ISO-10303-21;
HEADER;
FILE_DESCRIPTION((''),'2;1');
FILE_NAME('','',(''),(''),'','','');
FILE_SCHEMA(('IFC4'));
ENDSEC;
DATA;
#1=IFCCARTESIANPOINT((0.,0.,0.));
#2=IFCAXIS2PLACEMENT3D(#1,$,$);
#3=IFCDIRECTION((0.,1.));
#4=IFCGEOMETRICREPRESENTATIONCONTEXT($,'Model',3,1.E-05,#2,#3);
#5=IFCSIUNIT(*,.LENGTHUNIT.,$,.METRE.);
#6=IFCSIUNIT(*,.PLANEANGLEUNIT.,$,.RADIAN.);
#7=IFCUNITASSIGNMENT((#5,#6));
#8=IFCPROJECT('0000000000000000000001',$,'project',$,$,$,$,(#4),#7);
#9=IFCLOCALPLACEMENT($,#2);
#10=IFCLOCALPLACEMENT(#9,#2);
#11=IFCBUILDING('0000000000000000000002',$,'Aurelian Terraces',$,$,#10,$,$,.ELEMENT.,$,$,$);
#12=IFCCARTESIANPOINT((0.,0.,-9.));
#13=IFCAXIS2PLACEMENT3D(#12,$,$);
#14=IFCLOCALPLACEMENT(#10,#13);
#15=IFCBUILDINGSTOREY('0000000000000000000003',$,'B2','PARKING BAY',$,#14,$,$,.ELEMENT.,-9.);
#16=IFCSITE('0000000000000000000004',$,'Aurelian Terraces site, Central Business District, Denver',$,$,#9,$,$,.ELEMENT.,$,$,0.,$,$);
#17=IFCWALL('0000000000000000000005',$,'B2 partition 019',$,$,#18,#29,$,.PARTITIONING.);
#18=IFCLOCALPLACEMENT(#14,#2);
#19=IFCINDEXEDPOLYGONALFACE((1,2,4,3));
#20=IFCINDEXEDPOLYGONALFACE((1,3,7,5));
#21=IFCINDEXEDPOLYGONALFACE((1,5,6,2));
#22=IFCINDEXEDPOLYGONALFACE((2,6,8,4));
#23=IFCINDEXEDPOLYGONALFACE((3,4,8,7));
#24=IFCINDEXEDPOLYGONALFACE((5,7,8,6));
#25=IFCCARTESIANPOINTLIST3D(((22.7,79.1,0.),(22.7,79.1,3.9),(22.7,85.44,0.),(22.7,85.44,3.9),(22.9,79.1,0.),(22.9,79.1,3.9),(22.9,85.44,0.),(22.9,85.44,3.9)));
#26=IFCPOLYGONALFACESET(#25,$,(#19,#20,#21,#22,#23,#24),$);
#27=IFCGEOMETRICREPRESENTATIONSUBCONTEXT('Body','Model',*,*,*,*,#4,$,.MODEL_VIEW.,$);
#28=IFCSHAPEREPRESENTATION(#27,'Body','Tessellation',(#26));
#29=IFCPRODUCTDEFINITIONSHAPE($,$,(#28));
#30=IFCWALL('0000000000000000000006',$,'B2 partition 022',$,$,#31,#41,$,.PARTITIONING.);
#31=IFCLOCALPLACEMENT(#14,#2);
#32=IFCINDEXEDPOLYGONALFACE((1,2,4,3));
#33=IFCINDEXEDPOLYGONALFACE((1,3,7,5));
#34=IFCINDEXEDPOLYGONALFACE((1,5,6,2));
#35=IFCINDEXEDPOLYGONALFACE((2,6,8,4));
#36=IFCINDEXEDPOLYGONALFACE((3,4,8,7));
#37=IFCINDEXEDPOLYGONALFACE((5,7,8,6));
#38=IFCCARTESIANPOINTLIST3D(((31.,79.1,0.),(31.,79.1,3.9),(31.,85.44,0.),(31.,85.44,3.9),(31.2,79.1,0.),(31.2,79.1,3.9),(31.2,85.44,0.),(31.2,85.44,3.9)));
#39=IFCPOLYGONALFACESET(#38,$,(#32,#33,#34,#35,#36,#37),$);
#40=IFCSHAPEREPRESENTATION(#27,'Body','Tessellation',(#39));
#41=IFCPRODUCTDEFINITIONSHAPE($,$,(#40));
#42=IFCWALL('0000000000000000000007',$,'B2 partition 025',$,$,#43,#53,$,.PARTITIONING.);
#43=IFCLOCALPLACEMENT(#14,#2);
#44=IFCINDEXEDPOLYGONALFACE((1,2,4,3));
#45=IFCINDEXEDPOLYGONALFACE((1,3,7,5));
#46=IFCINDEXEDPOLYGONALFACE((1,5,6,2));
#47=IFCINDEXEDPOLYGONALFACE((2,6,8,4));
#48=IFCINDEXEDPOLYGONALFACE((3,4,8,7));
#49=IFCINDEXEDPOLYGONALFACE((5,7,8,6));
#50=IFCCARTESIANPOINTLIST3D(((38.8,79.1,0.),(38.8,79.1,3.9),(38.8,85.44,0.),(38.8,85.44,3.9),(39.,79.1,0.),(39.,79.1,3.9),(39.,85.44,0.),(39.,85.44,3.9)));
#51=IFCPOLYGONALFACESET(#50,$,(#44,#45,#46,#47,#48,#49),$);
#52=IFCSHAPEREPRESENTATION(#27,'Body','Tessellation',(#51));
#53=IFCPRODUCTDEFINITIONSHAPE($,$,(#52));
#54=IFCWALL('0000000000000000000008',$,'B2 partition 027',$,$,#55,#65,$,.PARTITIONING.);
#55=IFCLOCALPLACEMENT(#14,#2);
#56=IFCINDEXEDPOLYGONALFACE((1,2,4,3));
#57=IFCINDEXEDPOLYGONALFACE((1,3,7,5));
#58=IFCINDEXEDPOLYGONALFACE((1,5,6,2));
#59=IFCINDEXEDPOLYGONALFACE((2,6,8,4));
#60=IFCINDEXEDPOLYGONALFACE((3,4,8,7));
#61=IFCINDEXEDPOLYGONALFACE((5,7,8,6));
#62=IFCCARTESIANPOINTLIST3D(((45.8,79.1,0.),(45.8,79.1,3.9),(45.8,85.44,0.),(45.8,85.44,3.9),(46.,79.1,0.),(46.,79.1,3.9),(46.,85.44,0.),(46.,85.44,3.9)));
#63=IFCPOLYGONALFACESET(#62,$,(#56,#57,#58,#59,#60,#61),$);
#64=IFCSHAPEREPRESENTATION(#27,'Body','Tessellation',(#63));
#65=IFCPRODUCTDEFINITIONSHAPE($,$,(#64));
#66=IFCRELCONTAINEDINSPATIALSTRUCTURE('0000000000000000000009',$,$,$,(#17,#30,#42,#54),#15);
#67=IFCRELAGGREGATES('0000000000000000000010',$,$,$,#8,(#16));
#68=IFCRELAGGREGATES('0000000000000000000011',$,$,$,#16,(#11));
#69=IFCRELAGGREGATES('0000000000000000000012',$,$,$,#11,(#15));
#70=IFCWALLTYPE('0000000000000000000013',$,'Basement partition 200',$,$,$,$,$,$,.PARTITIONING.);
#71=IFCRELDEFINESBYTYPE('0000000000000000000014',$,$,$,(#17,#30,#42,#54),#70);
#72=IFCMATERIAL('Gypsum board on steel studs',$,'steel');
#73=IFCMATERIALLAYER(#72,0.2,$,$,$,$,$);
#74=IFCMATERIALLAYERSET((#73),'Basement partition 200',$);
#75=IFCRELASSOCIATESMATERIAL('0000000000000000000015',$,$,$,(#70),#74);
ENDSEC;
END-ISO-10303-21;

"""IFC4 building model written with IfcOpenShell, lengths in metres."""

from ifc_helpers import new_model, si_unit, direction, frame, frame_2d, origin, place, context, subcontext, project, spatial, rectangle, extrude, source, transform, mapped, material, layer, layer_set, type_object, element, save


model = new_model("IFC4")

# Units and contexts
model_context = context("Model", 3, precision=1e-05, world=origin(), true_north=direction((0.0, 1.0)))
body_context = subcontext(model_context, "Body", "Model", "MODEL_VIEW")
ifc_project = project(units=[si_unit("LENGTHUNIT", "METRE"), si_unit("PLANEANGLEUNIT", "RADIAN")], contexts=[model_context])

# Site, building, storey
site_placement = place(None, origin())
site = spatial("IfcSite", under=ifc_project, at=site_placement, Name="Aurelian Terraces site, Central Business District, Denver", CompositionType="ELEMENT", RefElevation=0.0)
building_placement = place(site_placement, origin())
building = spatial("IfcBuilding", under=site, at=building_placement, Name="Aurelian Terraces", CompositionType="ELEMENT")
storey_placement = place(building_placement, frame((0.0, 0.0, -9.0)))
storey = spatial("IfcBuildingStorey", under=building, at=storey_placement, Name="B2", Description="PARKING BAY", CompositionType="ELEMENT", Elevation=-9.0)

# Walls
ifc_material_1 = material(Name="Gypsum board on steel studs", Category="steel")
ifc_layer_1 = layer(ifc_material_1, 0.2)
ifc_layer_set_1 = layer_set([ifc_layer_1], Name="Basement partition 200")
wall_type_1 = type_object("IfcWallType", Name="Basement partition 200", PredefinedType="PARTITIONING", material=ifc_layer_set_1)
shared_shape_1 = source(origin(), body_context, "Body", "SweptSolid", [
    extrude(rectangle(XDim=6.34, YDim=0.2, at=frame_2d((3.17, 0.0))), origin(), (0.0, 0.0, 1.0), 3.9),
])
for number, where, z_axis, x_axis, name in (
    (1, (22.8, 79.1, 0.0), (0.0, 0.0, 1.0), (0.0, 1.0, 0.0), "B2 partition 019"),
    (2, (31.1, 79.1, 0.0), (0.0, 0.0, 1.0), (0.0, 1.0, 0.0), "B2 partition 022"),
    (3, (38.9, 79.1, 0.0), (0.0, 0.0, 1.0), (0.0, 1.0, 0.0), "B2 partition 025"),
    (4, (45.9, 79.1, 0.0), (0.0, 0.0, 1.0), (0.0, 1.0, 0.0), "B2 partition 027"),
):
    element("IfcWall", number, at=place(storey_placement, frame(where, z_axis=z_axis, x_axis=x_axis)), inside=storey, type_object=wall_type_1, Name=name, PredefinedType="PARTITIONING", context=body_context, shape_type="MappedRepresentation", body=[
        mapped(shared_shape_1, transform((0.0, 0.0, 0.0), scale=1.0)),
    ])

save(model, "model.ifc")
